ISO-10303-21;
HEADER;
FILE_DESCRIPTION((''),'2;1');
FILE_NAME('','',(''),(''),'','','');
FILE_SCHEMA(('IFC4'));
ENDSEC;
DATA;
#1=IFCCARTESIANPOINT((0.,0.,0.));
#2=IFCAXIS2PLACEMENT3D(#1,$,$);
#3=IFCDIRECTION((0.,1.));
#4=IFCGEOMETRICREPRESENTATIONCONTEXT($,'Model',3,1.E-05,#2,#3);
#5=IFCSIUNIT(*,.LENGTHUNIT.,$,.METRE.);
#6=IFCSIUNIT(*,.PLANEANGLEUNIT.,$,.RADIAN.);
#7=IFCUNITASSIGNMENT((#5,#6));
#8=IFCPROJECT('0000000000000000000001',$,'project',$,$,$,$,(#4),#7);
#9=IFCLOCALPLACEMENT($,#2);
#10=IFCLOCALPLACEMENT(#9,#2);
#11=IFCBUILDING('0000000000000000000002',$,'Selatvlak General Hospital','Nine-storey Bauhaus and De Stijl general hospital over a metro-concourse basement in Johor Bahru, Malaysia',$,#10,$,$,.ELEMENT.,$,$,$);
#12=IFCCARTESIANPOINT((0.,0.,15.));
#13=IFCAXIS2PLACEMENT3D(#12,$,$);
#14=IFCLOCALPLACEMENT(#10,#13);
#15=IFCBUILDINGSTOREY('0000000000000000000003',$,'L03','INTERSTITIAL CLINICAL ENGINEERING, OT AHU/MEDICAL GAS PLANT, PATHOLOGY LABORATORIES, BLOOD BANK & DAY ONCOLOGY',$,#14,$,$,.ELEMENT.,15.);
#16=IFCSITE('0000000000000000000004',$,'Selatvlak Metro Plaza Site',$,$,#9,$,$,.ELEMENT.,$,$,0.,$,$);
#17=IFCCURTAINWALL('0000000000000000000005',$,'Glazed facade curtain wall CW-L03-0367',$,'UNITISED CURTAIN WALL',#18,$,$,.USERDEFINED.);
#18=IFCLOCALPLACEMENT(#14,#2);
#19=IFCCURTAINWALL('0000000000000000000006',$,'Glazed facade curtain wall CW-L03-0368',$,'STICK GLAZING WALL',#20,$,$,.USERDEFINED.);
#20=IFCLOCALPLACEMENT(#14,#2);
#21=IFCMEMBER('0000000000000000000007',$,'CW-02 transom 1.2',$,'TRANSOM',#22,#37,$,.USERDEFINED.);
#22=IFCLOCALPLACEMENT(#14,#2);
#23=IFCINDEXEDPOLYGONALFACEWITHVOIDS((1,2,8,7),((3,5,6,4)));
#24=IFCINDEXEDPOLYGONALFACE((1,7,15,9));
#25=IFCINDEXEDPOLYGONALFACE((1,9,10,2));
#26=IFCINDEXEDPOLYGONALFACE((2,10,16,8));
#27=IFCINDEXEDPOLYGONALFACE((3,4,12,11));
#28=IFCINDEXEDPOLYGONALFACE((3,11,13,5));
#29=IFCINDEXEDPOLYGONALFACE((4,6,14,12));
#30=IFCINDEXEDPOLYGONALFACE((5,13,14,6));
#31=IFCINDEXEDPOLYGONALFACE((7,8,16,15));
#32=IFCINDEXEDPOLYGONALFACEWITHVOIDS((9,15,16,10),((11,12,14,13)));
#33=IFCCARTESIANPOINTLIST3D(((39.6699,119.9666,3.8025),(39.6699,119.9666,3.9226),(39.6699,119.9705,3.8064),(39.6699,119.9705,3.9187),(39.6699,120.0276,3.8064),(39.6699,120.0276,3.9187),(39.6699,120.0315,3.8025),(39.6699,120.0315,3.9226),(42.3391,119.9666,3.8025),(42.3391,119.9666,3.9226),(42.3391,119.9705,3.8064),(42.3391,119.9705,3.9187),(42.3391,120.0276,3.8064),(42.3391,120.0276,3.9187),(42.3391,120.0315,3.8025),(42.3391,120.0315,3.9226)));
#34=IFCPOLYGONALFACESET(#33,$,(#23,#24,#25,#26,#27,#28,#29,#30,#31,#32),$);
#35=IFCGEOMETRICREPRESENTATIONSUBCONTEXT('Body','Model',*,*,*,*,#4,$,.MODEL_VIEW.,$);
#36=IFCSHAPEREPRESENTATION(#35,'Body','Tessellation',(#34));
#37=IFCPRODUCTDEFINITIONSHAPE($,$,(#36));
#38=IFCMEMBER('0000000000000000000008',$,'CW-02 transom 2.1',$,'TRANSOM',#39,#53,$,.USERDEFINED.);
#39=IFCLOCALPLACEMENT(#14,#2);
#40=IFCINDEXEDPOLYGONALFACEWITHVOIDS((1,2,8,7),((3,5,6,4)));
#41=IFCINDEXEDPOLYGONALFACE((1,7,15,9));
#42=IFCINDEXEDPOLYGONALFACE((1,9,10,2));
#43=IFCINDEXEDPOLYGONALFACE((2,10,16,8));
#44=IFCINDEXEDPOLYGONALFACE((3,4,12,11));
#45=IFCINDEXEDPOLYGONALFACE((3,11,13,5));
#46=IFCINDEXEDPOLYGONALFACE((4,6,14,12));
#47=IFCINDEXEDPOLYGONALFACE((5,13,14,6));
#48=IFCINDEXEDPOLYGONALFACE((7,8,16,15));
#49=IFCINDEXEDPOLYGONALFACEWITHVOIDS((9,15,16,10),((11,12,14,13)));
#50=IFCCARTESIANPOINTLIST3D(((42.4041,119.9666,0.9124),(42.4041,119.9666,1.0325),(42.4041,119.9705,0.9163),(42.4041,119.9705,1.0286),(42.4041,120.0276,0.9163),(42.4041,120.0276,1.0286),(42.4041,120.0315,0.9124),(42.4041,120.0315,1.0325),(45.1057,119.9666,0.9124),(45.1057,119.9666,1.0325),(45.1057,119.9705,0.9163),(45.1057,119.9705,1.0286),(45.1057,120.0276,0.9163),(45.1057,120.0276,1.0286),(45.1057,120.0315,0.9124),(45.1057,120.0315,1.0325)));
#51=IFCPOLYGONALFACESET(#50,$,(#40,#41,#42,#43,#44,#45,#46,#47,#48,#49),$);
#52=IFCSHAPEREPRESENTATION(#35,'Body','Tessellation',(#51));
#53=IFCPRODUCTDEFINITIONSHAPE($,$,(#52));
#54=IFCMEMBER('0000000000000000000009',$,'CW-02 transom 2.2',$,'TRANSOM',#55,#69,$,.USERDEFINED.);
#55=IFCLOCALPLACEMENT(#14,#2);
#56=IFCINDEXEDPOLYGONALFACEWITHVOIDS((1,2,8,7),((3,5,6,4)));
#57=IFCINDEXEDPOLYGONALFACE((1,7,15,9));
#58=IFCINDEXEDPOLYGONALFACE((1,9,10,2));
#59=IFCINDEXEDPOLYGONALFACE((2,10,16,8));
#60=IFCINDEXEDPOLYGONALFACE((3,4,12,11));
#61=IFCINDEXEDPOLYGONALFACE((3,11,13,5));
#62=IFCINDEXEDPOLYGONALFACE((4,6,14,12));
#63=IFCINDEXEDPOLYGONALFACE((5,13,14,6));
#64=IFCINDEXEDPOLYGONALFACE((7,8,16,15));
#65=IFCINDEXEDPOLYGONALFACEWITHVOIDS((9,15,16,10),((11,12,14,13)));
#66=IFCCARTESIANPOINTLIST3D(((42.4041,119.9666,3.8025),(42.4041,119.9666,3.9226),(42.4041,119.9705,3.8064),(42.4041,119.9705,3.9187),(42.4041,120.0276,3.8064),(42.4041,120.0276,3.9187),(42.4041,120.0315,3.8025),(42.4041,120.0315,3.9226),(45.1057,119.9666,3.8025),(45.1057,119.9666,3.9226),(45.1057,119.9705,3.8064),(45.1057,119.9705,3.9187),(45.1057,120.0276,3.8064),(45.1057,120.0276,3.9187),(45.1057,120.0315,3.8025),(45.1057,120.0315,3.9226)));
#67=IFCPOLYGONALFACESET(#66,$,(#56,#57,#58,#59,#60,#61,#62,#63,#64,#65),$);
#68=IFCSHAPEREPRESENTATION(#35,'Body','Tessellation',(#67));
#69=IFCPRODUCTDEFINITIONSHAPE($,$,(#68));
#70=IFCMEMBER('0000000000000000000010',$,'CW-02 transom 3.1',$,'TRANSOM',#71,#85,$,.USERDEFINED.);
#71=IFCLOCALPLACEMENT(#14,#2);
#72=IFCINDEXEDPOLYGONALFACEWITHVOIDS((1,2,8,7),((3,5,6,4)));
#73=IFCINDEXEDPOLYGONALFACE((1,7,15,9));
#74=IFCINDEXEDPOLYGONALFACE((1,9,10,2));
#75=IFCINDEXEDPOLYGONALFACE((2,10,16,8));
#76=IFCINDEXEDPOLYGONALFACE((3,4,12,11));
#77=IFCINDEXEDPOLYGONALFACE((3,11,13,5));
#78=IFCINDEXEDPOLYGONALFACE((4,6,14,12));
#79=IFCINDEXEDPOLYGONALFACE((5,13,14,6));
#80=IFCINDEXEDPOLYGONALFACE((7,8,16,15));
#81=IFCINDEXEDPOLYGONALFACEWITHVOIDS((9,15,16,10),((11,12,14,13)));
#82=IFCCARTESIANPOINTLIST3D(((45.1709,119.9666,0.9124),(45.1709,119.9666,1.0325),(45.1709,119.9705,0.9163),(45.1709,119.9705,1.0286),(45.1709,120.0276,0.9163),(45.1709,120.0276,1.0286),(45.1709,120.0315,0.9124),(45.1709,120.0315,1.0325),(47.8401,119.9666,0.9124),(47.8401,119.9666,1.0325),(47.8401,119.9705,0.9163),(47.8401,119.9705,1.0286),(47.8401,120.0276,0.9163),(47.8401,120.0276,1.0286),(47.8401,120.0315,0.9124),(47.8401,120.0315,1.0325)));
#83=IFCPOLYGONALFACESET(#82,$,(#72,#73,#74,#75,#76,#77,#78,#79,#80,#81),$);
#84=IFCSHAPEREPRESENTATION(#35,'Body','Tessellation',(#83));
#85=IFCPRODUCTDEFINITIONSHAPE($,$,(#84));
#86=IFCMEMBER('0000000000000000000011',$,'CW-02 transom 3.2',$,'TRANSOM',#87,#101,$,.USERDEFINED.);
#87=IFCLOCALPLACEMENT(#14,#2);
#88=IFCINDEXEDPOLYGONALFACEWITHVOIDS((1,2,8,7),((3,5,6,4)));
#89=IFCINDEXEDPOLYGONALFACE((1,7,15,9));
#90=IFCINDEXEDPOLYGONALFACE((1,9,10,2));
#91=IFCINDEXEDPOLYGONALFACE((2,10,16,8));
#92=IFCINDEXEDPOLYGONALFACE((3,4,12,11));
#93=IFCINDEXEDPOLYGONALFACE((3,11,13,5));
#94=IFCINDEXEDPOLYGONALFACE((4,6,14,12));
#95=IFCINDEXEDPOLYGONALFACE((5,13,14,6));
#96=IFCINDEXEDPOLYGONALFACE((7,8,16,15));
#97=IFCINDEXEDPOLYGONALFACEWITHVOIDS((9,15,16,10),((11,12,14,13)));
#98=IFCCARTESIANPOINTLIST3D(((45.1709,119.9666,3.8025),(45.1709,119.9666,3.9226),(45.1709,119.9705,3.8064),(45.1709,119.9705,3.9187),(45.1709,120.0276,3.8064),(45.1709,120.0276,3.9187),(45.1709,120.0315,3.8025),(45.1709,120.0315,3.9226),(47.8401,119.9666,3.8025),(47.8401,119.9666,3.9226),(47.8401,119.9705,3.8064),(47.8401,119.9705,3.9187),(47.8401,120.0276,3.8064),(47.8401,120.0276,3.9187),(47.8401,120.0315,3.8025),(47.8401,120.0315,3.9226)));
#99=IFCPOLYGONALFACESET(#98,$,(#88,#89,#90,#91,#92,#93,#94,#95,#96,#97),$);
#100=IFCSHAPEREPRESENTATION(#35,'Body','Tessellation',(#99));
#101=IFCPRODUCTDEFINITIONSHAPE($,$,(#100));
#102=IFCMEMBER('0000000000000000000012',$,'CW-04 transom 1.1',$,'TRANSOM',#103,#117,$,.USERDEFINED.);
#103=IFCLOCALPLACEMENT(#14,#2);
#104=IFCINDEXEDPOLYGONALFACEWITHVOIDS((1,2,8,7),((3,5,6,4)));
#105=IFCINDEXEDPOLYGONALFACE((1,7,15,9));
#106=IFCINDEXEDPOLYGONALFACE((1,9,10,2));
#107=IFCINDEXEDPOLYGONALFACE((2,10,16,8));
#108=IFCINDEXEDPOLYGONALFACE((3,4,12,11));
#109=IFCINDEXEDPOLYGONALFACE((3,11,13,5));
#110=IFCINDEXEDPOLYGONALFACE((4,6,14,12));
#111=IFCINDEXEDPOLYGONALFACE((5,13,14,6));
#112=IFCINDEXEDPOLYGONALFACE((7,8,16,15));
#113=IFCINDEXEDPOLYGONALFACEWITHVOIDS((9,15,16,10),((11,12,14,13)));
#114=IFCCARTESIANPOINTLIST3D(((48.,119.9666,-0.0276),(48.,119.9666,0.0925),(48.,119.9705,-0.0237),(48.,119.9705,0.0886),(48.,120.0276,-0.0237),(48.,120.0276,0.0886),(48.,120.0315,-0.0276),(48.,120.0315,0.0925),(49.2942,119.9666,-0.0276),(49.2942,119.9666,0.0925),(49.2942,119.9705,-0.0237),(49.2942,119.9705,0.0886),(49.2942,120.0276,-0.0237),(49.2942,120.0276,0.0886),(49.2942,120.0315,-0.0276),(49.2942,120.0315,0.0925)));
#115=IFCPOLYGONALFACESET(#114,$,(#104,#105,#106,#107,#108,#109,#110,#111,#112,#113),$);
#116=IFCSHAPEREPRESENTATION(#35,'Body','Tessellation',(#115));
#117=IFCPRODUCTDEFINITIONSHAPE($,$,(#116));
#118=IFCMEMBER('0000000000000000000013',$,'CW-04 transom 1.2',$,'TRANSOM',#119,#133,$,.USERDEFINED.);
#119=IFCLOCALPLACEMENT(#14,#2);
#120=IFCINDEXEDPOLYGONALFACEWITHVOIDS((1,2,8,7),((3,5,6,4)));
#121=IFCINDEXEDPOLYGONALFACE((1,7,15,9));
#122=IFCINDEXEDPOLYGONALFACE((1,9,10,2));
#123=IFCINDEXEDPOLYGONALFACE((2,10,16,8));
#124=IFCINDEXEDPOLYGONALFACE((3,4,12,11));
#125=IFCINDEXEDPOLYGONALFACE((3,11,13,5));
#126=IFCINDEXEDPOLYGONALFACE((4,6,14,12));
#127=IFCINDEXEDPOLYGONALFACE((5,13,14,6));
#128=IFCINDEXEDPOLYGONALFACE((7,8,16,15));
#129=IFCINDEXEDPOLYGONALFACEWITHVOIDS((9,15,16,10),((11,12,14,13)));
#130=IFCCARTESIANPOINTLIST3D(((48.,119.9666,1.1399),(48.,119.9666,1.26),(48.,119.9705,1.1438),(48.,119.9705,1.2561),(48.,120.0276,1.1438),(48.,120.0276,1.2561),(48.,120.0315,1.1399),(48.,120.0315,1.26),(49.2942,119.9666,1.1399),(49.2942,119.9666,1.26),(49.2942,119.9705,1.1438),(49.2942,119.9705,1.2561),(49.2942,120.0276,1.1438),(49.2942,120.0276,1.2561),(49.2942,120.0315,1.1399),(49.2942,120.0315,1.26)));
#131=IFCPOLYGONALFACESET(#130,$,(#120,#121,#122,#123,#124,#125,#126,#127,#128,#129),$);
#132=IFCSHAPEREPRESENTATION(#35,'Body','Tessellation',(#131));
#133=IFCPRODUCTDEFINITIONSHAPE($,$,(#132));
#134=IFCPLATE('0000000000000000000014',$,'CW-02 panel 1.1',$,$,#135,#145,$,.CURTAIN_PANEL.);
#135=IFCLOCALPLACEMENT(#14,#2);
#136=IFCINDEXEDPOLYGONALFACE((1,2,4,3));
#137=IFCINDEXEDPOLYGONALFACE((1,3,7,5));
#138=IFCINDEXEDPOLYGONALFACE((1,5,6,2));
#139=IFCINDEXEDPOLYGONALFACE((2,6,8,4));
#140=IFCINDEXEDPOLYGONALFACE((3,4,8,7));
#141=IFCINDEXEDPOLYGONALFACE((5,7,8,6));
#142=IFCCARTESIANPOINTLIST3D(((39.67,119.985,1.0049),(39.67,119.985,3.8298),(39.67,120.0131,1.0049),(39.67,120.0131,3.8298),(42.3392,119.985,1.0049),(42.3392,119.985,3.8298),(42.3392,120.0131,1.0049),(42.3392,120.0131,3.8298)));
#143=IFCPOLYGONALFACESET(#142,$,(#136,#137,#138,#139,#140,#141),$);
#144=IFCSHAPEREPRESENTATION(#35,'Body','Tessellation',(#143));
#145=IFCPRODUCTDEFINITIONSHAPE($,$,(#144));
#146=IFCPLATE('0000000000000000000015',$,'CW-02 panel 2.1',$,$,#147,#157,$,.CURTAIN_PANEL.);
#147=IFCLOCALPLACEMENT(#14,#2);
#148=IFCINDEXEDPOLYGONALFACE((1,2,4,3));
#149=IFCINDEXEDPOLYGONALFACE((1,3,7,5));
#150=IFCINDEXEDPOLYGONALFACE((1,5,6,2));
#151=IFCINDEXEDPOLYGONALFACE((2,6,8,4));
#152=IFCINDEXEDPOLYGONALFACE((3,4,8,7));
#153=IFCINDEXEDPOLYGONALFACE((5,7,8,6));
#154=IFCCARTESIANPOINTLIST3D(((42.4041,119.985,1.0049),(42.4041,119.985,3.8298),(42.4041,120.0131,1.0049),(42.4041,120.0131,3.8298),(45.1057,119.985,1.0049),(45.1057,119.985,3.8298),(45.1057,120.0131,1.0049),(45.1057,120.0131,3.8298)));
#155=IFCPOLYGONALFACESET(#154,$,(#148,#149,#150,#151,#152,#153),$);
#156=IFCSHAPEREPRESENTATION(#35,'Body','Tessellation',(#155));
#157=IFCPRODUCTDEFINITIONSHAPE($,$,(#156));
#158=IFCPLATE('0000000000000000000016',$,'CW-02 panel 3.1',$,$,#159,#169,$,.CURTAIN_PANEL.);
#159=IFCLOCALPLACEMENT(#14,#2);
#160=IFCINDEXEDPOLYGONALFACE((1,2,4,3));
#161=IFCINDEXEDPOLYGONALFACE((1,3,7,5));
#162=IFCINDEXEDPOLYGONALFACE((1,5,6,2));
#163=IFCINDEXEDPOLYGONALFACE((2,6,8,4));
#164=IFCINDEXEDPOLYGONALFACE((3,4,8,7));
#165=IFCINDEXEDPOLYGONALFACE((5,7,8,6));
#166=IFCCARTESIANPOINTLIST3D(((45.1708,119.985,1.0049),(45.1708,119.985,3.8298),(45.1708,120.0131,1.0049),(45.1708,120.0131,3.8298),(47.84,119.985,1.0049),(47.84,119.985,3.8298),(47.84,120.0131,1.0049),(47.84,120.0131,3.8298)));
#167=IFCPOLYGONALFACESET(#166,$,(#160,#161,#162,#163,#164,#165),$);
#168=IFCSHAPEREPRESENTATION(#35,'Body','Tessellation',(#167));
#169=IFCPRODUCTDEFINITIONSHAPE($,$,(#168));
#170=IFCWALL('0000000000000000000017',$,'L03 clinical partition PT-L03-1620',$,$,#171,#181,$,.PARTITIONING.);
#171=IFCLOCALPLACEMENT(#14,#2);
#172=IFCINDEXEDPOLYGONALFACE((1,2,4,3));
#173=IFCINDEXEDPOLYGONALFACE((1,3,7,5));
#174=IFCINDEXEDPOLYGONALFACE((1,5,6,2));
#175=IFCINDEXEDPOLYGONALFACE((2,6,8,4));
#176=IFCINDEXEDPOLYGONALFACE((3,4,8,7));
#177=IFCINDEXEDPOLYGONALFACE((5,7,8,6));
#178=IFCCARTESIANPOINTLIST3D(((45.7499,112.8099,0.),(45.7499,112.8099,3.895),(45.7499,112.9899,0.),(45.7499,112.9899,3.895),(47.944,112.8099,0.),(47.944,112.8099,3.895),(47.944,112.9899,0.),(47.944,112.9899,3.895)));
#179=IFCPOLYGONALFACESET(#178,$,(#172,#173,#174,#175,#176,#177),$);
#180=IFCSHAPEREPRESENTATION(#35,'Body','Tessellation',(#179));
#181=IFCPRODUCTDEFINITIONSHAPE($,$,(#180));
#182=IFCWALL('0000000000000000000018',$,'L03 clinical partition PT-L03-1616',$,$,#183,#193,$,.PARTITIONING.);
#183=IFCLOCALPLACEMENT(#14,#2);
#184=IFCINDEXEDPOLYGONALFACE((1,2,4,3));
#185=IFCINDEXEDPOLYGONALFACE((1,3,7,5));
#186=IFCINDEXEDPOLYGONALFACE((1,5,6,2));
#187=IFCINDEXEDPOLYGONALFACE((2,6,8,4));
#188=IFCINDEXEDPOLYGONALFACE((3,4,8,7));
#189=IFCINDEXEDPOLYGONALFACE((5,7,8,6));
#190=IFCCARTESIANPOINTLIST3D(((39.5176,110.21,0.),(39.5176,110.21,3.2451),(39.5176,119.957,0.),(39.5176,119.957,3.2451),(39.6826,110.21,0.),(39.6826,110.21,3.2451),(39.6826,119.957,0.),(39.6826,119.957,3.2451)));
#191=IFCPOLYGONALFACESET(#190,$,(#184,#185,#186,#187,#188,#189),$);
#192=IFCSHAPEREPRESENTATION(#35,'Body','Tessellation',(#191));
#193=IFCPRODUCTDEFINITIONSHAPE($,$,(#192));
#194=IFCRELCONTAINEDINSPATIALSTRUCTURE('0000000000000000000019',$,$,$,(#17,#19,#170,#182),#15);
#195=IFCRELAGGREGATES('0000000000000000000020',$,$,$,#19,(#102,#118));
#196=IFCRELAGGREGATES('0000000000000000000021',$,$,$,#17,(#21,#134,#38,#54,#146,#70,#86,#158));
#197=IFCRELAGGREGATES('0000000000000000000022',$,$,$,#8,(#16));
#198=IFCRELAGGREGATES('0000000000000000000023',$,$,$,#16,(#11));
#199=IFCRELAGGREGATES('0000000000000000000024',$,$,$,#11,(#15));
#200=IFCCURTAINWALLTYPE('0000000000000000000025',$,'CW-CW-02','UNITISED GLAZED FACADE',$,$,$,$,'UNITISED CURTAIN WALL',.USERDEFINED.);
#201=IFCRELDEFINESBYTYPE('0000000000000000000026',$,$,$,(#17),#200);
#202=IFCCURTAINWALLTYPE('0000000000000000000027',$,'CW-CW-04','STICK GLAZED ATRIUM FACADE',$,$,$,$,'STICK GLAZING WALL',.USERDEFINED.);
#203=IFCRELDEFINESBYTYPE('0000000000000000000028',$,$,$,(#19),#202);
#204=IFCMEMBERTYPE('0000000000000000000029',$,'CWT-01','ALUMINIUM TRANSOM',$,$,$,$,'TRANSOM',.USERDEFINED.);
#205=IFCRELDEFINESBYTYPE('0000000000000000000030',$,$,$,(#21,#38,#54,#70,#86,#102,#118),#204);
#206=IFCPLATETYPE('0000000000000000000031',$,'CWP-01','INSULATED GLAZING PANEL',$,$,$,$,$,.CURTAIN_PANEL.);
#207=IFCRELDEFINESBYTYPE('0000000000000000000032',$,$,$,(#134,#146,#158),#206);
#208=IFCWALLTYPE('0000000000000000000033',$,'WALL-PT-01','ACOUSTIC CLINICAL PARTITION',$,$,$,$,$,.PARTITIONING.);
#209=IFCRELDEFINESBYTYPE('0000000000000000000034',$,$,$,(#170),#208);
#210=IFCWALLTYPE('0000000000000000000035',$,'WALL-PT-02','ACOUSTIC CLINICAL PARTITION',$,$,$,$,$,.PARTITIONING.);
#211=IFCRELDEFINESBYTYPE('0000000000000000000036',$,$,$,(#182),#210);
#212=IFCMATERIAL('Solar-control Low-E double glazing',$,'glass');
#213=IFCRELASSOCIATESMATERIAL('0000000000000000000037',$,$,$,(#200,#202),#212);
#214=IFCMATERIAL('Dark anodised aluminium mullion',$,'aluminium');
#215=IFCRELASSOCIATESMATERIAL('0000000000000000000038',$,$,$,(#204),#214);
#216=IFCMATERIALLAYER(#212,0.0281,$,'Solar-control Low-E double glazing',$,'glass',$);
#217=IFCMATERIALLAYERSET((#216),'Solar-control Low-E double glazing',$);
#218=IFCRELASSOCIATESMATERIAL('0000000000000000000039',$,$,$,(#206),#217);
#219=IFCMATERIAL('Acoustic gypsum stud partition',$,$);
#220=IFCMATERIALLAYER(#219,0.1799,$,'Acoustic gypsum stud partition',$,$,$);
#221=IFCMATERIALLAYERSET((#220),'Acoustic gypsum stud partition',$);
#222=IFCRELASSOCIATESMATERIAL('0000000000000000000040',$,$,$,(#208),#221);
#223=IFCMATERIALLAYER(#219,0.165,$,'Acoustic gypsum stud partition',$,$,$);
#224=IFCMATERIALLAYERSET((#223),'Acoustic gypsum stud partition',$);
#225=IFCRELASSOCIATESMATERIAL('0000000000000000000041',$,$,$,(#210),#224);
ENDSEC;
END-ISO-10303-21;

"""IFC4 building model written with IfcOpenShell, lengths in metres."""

from ifc_helpers import new_model, si_unit, direction, frame, frame_2d, origin, origin_2d, place, context, subcontext, project, spatial, rectangle, hollow_rectangle, extrude, material, layer, layer_set, material_profile, profile_set, type_object, element, aggregate, save


model = new_model("IFC4")

# Units and contexts
model_context = context("Model", 3, precision=1e-05, world=origin(), true_north=direction((0.0, 1.0)))
body_context = subcontext(model_context, "Body", "Model", "MODEL_VIEW")
ifc_project = project(units=[si_unit("LENGTHUNIT", "METRE"), si_unit("PLANEANGLEUNIT", "RADIAN")], contexts=[model_context])

# Site, building, storey
site_placement = place(None, origin())
site = spatial("IfcSite", under=ifc_project, at=site_placement, Name="Selatvlak Metro Plaza Site", CompositionType="ELEMENT", RefElevation=0.0)
building_placement = place(site_placement, origin())
building = spatial("IfcBuilding", under=site, at=building_placement, Name="Selatvlak General Hospital", Description="Nine-storey Bauhaus and De Stijl general hospital over a metro-concourse basement in Johor Bahru, Malaysia", CompositionType="ELEMENT")
storey_placement = place(building_placement, frame((0.0, 0.0, 15.0)))
storey = spatial("IfcBuildingStorey", under=building, at=storey_placement, Name="L03", Description="INTERSTITIAL CLINICAL ENGINEERING, OT AHU/MEDICAL GAS PLANT, PATHOLOGY LABORATORIES, BLOOD BANK & DAY ONCOLOGY", CompositionType="ELEMENT", Elevation=15.0)

# Curtain wall
ifc_material_1 = material(Name="Solar-control Low-E double glazing", Category="glass")
curtain_wall_type_1 = type_object("IfcCurtainWallType", Name="CW-CW-02", Description="UNITISED GLAZED FACADE", ElementType="UNITISED CURTAIN WALL", PredefinedType="USERDEFINED", material=ifc_material_1)
curtain_wall_1_placement = place(storey_placement, origin())
curtain_wall_1 = element("IfcCurtainWall", 1, at=curtain_wall_1_placement, inside=storey, type_object=curtain_wall_type_1, Name="Glazed facade curtain wall CW-L03-0367", ObjectType="UNITISED CURTAIN WALL", PredefinedType="USERDEFINED")
ifc_material_2 = material(Name="Dark anodised aluminium mullion", Category="aluminium")

# Curtain wall
curtain_wall_type_2 = type_object("IfcCurtainWallType", Name="CW-CW-04", Description="STICK GLAZED ATRIUM FACADE", ElementType="STICK GLAZING WALL", PredefinedType="USERDEFINED", material=ifc_material_1)
curtain_wall_2_placement = place(storey_placement, origin())
curtain_wall_2 = element("IfcCurtainWall", 2, at=curtain_wall_2_placement, inside=storey, type_object=curtain_wall_type_2, Name="Glazed facade curtain wall CW-L03-0368", ObjectType="STICK GLAZING WALL", PredefinedType="USERDEFINED")

# Members
ifc_material_profile_1 = material_profile(ifc_material_2, hollow_rectangle(XDim=0.0649, YDim=0.1201, WallThickness=0.0039, at=origin_2d()), Name="AL-TRN 65x120x4")
ifc_profile_set_1 = profile_set([ifc_material_profile_1], Name="Dark anodised aluminium mullion")
member_type_1 = type_object("IfcMemberType", Name="CWT-01", Description="ALUMINIUM TRANSOM", ElementType="TRANSOM", PredefinedType="USERDEFINED", material=ifc_profile_set_1)
member_1_placement = place(storey_placement, frame((39.6699, 119.999, 3.8625), z_axis=(1.0, 0.0, 0.0), x_axis=(0.0, 1.0, 0.0)))
member_1 = element("IfcMember", 3, at=member_1_placement, type_object=member_type_1, Name="CW-02 transom 1.2", ObjectType="TRANSOM", PredefinedType="USERDEFINED", context=body_context, shape_type="SweptSolid", body=[
    extrude(hollow_rectangle(XDim=0.0649, YDim=0.1201, WallThickness=0.0039, at=origin_2d()), origin(), (0.0, 0.0, 1.0), 2.6692),
])
member_2_placement = place(storey_placement, frame((42.4041, 119.999, 0.9724), z_axis=(1.0, 0.0, 0.0), x_axis=(0.0, 1.0, 0.0)))
member_2 = element("IfcMember", 4, at=member_2_placement, type_object=member_type_1, Name="CW-02 transom 2.1", ObjectType="TRANSOM", PredefinedType="USERDEFINED", context=body_context, shape_type="SweptSolid", body=[
    extrude(hollow_rectangle(XDim=0.0649, YDim=0.1201, WallThickness=0.0039, at=origin_2d()), origin(), (0.0, 0.0, 1.0), 2.7017),
])
member_3_placement = place(storey_placement, frame((42.4041, 119.999, 3.8625), z_axis=(1.0, 0.0, 0.0), x_axis=(0.0, 1.0, 0.0)))
member_3 = element("IfcMember", 5, at=member_3_placement, type_object=member_type_1, Name="CW-02 transom 2.2", ObjectType="TRANSOM", PredefinedType="USERDEFINED", context=body_context, shape_type="SweptSolid", body=[
    extrude(hollow_rectangle(XDim=0.0649, YDim=0.1201, WallThickness=0.0039, at=origin_2d()), origin(), (0.0, 0.0, 1.0), 2.7017),
])
member_4_placement = place(storey_placement, frame((45.1709, 119.999, 0.9724), z_axis=(1.0, 0.0, 0.0), x_axis=(0.0, 1.0, 0.0)))
member_4 = element("IfcMember", 6, at=member_4_placement, type_object=member_type_1, Name="CW-02 transom 3.1", ObjectType="TRANSOM", PredefinedType="USERDEFINED", context=body_context, shape_type="SweptSolid", body=[
    extrude(hollow_rectangle(XDim=0.0649, YDim=0.1201, WallThickness=0.0039, at=origin_2d()), origin(), (0.0, 0.0, 1.0), 2.6692),
])
member_5_placement = place(storey_placement, frame((45.1709, 119.999, 3.8625), z_axis=(1.0, 0.0, 0.0), x_axis=(0.0, 1.0, 0.0)))
member_5 = element("IfcMember", 7, at=member_5_placement, type_object=member_type_1, Name="CW-02 transom 3.2", ObjectType="TRANSOM", PredefinedType="USERDEFINED", context=body_context, shape_type="SweptSolid", body=[
    extrude(hollow_rectangle(XDim=0.0649, YDim=0.1201, WallThickness=0.0039, at=origin_2d()), origin(), (0.0, 0.0, 1.0), 2.6692),
])
member_6_placement = place(storey_placement, frame((48.0, 119.999, 0.0325), z_axis=(1.0, 0.0, 0.0), x_axis=(0.0, 1.0, 0.0)))
member_6 = element("IfcMember", 8, at=member_6_placement, type_object=member_type_1, Name="CW-04 transom 1.1", ObjectType="TRANSOM", PredefinedType="USERDEFINED", context=body_context, shape_type="SweptSolid", body=[
    extrude(hollow_rectangle(XDim=0.0649, YDim=0.1201, WallThickness=0.0039, at=origin_2d()), origin(), (0.0, 0.0, 1.0), 1.2942),
])
member_7_placement = place(storey_placement, frame((48.0, 119.999, 1.2), z_axis=(1.0, 0.0, 0.0), x_axis=(0.0, 1.0, 0.0)))
member_7 = element("IfcMember", 9, at=member_7_placement, type_object=member_type_1, Name="CW-04 transom 1.2", ObjectType="TRANSOM", PredefinedType="USERDEFINED", context=body_context, shape_type="SweptSolid", body=[
    extrude(hollow_rectangle(XDim=0.0649, YDim=0.1201, WallThickness=0.0039, at=origin_2d()), origin(), (0.0, 0.0, 1.0), 1.2942),
])
aggregate(curtain_wall_2, [member_6, member_7])

# Plates
ifc_layer_1 = layer(ifc_material_1, 0.0281, Name="Solar-control Low-E double glazing", Category="glass")
ifc_layer_set_1 = layer_set([ifc_layer_1], Name="Solar-control Low-E double glazing")
plate_type = type_object("IfcPlateType", Name="CWP-01", Description="INSULATED GLAZING PANEL", PredefinedType="CURTAIN_PANEL", material=ifc_layer_set_1)
plate_1_placement = place(storey_placement, frame((41.0046, 119.999, 1.0049), z_axis=(0.0, 0.0, 1.0), x_axis=(1.0, 0.0, 0.0)))
plate_1 = element("IfcPlate", 10, at=plate_1_placement, type_object=plate_type, Name="CW-02 panel 1.1", PredefinedType="CURTAIN_PANEL", context=body_context, shape_type="SweptSolid", body=[
    extrude(rectangle(XDim=2.6692, YDim=0.0281, at=origin_2d()), origin(), (0.0, 0.0, 1.0), 2.825),
])
plate_2_placement = place(storey_placement, frame((43.7549, 119.999, 1.0049), z_axis=(0.0, 0.0, 1.0), x_axis=(1.0, 0.0, 0.0)))
plate_2 = element("IfcPlate", 11, at=plate_2_placement, type_object=plate_type, Name="CW-02 panel 2.1", PredefinedType="CURTAIN_PANEL", context=body_context, shape_type="SweptSolid", body=[
    extrude(rectangle(XDim=2.7017, YDim=0.0281, at=origin_2d()), origin(), (0.0, 0.0, 1.0), 2.825),
])
plate_3_placement = place(storey_placement, frame((46.5054, 119.999, 1.0049), z_axis=(0.0, 0.0, 1.0), x_axis=(1.0, 0.0, 0.0)))
plate_3 = element("IfcPlate", 12, at=plate_3_placement, type_object=plate_type, Name="CW-02 panel 3.1", PredefinedType="CURTAIN_PANEL", context=body_context, shape_type="SweptSolid", body=[
    extrude(rectangle(XDim=2.6692, YDim=0.0281, at=origin_2d()), origin(), (0.0, 0.0, 1.0), 2.825),
])
aggregate(curtain_wall_1, [member_1, plate_1, member_2, member_3, plate_2, member_4, member_5, plate_3])

# Walls
ifc_material_3 = material(Name="Acoustic gypsum stud partition")
ifc_layer_2 = layer(ifc_material_3, 0.1799, Name="Acoustic gypsum stud partition")
ifc_layer_set_2 = layer_set([ifc_layer_2], Name="Acoustic gypsum stud partition")
wall_type_1 = type_object("IfcWallType", Name="WALL-PT-01", Description="ACOUSTIC CLINICAL PARTITION", PredefinedType="PARTITIONING", material=ifc_layer_set_2)
wall_1_placement = place(storey_placement, frame((47.9441, 112.8999, 0.0), z_axis=(0.0, 0.0, 1.0), x_axis=(-1.0, 0.0, 0.0)))
element("IfcWall", 13, at=wall_1_placement, inside=storey, type_object=wall_type_1, Name="L03 clinical partition PT-L03-1620", PredefinedType="PARTITIONING", context=body_context, shape_type="SweptSolid", body=[
    extrude(rectangle(XDim=2.1941, YDim=0.1799, at=frame_2d((1.0972, 0.0))), origin(), (0.0, 0.0, 1.0), 3.895),
])
ifc_layer_3 = layer(ifc_material_3, 0.165, Name="Acoustic gypsum stud partition")
ifc_layer_set_3 = layer_set([ifc_layer_3], Name="Acoustic gypsum stud partition")
wall_type_2 = type_object("IfcWallType", Name="WALL-PT-02", Description="ACOUSTIC CLINICAL PARTITION", PredefinedType="PARTITIONING", material=ifc_layer_set_3)
wall_2_placement = place(storey_placement, frame((39.6001, 119.957, 0.0), z_axis=(0.0, 0.0, 1.0), x_axis=(0.0, -1.0, 0.0)))
element("IfcWall", 14, at=wall_2_placement, inside=storey, type_object=wall_type_2, Name="L03 clinical partition PT-L03-1616", PredefinedType="PARTITIONING", context=body_context, shape_type="SweptSolid", body=[
    extrude(rectangle(XDim=9.7471, YDim=0.165, at=frame_2d((4.8735, 0.0))), origin(), (0.0, 0.0, 1.0), 3.2451),
])

save(model, "model.ifc")
